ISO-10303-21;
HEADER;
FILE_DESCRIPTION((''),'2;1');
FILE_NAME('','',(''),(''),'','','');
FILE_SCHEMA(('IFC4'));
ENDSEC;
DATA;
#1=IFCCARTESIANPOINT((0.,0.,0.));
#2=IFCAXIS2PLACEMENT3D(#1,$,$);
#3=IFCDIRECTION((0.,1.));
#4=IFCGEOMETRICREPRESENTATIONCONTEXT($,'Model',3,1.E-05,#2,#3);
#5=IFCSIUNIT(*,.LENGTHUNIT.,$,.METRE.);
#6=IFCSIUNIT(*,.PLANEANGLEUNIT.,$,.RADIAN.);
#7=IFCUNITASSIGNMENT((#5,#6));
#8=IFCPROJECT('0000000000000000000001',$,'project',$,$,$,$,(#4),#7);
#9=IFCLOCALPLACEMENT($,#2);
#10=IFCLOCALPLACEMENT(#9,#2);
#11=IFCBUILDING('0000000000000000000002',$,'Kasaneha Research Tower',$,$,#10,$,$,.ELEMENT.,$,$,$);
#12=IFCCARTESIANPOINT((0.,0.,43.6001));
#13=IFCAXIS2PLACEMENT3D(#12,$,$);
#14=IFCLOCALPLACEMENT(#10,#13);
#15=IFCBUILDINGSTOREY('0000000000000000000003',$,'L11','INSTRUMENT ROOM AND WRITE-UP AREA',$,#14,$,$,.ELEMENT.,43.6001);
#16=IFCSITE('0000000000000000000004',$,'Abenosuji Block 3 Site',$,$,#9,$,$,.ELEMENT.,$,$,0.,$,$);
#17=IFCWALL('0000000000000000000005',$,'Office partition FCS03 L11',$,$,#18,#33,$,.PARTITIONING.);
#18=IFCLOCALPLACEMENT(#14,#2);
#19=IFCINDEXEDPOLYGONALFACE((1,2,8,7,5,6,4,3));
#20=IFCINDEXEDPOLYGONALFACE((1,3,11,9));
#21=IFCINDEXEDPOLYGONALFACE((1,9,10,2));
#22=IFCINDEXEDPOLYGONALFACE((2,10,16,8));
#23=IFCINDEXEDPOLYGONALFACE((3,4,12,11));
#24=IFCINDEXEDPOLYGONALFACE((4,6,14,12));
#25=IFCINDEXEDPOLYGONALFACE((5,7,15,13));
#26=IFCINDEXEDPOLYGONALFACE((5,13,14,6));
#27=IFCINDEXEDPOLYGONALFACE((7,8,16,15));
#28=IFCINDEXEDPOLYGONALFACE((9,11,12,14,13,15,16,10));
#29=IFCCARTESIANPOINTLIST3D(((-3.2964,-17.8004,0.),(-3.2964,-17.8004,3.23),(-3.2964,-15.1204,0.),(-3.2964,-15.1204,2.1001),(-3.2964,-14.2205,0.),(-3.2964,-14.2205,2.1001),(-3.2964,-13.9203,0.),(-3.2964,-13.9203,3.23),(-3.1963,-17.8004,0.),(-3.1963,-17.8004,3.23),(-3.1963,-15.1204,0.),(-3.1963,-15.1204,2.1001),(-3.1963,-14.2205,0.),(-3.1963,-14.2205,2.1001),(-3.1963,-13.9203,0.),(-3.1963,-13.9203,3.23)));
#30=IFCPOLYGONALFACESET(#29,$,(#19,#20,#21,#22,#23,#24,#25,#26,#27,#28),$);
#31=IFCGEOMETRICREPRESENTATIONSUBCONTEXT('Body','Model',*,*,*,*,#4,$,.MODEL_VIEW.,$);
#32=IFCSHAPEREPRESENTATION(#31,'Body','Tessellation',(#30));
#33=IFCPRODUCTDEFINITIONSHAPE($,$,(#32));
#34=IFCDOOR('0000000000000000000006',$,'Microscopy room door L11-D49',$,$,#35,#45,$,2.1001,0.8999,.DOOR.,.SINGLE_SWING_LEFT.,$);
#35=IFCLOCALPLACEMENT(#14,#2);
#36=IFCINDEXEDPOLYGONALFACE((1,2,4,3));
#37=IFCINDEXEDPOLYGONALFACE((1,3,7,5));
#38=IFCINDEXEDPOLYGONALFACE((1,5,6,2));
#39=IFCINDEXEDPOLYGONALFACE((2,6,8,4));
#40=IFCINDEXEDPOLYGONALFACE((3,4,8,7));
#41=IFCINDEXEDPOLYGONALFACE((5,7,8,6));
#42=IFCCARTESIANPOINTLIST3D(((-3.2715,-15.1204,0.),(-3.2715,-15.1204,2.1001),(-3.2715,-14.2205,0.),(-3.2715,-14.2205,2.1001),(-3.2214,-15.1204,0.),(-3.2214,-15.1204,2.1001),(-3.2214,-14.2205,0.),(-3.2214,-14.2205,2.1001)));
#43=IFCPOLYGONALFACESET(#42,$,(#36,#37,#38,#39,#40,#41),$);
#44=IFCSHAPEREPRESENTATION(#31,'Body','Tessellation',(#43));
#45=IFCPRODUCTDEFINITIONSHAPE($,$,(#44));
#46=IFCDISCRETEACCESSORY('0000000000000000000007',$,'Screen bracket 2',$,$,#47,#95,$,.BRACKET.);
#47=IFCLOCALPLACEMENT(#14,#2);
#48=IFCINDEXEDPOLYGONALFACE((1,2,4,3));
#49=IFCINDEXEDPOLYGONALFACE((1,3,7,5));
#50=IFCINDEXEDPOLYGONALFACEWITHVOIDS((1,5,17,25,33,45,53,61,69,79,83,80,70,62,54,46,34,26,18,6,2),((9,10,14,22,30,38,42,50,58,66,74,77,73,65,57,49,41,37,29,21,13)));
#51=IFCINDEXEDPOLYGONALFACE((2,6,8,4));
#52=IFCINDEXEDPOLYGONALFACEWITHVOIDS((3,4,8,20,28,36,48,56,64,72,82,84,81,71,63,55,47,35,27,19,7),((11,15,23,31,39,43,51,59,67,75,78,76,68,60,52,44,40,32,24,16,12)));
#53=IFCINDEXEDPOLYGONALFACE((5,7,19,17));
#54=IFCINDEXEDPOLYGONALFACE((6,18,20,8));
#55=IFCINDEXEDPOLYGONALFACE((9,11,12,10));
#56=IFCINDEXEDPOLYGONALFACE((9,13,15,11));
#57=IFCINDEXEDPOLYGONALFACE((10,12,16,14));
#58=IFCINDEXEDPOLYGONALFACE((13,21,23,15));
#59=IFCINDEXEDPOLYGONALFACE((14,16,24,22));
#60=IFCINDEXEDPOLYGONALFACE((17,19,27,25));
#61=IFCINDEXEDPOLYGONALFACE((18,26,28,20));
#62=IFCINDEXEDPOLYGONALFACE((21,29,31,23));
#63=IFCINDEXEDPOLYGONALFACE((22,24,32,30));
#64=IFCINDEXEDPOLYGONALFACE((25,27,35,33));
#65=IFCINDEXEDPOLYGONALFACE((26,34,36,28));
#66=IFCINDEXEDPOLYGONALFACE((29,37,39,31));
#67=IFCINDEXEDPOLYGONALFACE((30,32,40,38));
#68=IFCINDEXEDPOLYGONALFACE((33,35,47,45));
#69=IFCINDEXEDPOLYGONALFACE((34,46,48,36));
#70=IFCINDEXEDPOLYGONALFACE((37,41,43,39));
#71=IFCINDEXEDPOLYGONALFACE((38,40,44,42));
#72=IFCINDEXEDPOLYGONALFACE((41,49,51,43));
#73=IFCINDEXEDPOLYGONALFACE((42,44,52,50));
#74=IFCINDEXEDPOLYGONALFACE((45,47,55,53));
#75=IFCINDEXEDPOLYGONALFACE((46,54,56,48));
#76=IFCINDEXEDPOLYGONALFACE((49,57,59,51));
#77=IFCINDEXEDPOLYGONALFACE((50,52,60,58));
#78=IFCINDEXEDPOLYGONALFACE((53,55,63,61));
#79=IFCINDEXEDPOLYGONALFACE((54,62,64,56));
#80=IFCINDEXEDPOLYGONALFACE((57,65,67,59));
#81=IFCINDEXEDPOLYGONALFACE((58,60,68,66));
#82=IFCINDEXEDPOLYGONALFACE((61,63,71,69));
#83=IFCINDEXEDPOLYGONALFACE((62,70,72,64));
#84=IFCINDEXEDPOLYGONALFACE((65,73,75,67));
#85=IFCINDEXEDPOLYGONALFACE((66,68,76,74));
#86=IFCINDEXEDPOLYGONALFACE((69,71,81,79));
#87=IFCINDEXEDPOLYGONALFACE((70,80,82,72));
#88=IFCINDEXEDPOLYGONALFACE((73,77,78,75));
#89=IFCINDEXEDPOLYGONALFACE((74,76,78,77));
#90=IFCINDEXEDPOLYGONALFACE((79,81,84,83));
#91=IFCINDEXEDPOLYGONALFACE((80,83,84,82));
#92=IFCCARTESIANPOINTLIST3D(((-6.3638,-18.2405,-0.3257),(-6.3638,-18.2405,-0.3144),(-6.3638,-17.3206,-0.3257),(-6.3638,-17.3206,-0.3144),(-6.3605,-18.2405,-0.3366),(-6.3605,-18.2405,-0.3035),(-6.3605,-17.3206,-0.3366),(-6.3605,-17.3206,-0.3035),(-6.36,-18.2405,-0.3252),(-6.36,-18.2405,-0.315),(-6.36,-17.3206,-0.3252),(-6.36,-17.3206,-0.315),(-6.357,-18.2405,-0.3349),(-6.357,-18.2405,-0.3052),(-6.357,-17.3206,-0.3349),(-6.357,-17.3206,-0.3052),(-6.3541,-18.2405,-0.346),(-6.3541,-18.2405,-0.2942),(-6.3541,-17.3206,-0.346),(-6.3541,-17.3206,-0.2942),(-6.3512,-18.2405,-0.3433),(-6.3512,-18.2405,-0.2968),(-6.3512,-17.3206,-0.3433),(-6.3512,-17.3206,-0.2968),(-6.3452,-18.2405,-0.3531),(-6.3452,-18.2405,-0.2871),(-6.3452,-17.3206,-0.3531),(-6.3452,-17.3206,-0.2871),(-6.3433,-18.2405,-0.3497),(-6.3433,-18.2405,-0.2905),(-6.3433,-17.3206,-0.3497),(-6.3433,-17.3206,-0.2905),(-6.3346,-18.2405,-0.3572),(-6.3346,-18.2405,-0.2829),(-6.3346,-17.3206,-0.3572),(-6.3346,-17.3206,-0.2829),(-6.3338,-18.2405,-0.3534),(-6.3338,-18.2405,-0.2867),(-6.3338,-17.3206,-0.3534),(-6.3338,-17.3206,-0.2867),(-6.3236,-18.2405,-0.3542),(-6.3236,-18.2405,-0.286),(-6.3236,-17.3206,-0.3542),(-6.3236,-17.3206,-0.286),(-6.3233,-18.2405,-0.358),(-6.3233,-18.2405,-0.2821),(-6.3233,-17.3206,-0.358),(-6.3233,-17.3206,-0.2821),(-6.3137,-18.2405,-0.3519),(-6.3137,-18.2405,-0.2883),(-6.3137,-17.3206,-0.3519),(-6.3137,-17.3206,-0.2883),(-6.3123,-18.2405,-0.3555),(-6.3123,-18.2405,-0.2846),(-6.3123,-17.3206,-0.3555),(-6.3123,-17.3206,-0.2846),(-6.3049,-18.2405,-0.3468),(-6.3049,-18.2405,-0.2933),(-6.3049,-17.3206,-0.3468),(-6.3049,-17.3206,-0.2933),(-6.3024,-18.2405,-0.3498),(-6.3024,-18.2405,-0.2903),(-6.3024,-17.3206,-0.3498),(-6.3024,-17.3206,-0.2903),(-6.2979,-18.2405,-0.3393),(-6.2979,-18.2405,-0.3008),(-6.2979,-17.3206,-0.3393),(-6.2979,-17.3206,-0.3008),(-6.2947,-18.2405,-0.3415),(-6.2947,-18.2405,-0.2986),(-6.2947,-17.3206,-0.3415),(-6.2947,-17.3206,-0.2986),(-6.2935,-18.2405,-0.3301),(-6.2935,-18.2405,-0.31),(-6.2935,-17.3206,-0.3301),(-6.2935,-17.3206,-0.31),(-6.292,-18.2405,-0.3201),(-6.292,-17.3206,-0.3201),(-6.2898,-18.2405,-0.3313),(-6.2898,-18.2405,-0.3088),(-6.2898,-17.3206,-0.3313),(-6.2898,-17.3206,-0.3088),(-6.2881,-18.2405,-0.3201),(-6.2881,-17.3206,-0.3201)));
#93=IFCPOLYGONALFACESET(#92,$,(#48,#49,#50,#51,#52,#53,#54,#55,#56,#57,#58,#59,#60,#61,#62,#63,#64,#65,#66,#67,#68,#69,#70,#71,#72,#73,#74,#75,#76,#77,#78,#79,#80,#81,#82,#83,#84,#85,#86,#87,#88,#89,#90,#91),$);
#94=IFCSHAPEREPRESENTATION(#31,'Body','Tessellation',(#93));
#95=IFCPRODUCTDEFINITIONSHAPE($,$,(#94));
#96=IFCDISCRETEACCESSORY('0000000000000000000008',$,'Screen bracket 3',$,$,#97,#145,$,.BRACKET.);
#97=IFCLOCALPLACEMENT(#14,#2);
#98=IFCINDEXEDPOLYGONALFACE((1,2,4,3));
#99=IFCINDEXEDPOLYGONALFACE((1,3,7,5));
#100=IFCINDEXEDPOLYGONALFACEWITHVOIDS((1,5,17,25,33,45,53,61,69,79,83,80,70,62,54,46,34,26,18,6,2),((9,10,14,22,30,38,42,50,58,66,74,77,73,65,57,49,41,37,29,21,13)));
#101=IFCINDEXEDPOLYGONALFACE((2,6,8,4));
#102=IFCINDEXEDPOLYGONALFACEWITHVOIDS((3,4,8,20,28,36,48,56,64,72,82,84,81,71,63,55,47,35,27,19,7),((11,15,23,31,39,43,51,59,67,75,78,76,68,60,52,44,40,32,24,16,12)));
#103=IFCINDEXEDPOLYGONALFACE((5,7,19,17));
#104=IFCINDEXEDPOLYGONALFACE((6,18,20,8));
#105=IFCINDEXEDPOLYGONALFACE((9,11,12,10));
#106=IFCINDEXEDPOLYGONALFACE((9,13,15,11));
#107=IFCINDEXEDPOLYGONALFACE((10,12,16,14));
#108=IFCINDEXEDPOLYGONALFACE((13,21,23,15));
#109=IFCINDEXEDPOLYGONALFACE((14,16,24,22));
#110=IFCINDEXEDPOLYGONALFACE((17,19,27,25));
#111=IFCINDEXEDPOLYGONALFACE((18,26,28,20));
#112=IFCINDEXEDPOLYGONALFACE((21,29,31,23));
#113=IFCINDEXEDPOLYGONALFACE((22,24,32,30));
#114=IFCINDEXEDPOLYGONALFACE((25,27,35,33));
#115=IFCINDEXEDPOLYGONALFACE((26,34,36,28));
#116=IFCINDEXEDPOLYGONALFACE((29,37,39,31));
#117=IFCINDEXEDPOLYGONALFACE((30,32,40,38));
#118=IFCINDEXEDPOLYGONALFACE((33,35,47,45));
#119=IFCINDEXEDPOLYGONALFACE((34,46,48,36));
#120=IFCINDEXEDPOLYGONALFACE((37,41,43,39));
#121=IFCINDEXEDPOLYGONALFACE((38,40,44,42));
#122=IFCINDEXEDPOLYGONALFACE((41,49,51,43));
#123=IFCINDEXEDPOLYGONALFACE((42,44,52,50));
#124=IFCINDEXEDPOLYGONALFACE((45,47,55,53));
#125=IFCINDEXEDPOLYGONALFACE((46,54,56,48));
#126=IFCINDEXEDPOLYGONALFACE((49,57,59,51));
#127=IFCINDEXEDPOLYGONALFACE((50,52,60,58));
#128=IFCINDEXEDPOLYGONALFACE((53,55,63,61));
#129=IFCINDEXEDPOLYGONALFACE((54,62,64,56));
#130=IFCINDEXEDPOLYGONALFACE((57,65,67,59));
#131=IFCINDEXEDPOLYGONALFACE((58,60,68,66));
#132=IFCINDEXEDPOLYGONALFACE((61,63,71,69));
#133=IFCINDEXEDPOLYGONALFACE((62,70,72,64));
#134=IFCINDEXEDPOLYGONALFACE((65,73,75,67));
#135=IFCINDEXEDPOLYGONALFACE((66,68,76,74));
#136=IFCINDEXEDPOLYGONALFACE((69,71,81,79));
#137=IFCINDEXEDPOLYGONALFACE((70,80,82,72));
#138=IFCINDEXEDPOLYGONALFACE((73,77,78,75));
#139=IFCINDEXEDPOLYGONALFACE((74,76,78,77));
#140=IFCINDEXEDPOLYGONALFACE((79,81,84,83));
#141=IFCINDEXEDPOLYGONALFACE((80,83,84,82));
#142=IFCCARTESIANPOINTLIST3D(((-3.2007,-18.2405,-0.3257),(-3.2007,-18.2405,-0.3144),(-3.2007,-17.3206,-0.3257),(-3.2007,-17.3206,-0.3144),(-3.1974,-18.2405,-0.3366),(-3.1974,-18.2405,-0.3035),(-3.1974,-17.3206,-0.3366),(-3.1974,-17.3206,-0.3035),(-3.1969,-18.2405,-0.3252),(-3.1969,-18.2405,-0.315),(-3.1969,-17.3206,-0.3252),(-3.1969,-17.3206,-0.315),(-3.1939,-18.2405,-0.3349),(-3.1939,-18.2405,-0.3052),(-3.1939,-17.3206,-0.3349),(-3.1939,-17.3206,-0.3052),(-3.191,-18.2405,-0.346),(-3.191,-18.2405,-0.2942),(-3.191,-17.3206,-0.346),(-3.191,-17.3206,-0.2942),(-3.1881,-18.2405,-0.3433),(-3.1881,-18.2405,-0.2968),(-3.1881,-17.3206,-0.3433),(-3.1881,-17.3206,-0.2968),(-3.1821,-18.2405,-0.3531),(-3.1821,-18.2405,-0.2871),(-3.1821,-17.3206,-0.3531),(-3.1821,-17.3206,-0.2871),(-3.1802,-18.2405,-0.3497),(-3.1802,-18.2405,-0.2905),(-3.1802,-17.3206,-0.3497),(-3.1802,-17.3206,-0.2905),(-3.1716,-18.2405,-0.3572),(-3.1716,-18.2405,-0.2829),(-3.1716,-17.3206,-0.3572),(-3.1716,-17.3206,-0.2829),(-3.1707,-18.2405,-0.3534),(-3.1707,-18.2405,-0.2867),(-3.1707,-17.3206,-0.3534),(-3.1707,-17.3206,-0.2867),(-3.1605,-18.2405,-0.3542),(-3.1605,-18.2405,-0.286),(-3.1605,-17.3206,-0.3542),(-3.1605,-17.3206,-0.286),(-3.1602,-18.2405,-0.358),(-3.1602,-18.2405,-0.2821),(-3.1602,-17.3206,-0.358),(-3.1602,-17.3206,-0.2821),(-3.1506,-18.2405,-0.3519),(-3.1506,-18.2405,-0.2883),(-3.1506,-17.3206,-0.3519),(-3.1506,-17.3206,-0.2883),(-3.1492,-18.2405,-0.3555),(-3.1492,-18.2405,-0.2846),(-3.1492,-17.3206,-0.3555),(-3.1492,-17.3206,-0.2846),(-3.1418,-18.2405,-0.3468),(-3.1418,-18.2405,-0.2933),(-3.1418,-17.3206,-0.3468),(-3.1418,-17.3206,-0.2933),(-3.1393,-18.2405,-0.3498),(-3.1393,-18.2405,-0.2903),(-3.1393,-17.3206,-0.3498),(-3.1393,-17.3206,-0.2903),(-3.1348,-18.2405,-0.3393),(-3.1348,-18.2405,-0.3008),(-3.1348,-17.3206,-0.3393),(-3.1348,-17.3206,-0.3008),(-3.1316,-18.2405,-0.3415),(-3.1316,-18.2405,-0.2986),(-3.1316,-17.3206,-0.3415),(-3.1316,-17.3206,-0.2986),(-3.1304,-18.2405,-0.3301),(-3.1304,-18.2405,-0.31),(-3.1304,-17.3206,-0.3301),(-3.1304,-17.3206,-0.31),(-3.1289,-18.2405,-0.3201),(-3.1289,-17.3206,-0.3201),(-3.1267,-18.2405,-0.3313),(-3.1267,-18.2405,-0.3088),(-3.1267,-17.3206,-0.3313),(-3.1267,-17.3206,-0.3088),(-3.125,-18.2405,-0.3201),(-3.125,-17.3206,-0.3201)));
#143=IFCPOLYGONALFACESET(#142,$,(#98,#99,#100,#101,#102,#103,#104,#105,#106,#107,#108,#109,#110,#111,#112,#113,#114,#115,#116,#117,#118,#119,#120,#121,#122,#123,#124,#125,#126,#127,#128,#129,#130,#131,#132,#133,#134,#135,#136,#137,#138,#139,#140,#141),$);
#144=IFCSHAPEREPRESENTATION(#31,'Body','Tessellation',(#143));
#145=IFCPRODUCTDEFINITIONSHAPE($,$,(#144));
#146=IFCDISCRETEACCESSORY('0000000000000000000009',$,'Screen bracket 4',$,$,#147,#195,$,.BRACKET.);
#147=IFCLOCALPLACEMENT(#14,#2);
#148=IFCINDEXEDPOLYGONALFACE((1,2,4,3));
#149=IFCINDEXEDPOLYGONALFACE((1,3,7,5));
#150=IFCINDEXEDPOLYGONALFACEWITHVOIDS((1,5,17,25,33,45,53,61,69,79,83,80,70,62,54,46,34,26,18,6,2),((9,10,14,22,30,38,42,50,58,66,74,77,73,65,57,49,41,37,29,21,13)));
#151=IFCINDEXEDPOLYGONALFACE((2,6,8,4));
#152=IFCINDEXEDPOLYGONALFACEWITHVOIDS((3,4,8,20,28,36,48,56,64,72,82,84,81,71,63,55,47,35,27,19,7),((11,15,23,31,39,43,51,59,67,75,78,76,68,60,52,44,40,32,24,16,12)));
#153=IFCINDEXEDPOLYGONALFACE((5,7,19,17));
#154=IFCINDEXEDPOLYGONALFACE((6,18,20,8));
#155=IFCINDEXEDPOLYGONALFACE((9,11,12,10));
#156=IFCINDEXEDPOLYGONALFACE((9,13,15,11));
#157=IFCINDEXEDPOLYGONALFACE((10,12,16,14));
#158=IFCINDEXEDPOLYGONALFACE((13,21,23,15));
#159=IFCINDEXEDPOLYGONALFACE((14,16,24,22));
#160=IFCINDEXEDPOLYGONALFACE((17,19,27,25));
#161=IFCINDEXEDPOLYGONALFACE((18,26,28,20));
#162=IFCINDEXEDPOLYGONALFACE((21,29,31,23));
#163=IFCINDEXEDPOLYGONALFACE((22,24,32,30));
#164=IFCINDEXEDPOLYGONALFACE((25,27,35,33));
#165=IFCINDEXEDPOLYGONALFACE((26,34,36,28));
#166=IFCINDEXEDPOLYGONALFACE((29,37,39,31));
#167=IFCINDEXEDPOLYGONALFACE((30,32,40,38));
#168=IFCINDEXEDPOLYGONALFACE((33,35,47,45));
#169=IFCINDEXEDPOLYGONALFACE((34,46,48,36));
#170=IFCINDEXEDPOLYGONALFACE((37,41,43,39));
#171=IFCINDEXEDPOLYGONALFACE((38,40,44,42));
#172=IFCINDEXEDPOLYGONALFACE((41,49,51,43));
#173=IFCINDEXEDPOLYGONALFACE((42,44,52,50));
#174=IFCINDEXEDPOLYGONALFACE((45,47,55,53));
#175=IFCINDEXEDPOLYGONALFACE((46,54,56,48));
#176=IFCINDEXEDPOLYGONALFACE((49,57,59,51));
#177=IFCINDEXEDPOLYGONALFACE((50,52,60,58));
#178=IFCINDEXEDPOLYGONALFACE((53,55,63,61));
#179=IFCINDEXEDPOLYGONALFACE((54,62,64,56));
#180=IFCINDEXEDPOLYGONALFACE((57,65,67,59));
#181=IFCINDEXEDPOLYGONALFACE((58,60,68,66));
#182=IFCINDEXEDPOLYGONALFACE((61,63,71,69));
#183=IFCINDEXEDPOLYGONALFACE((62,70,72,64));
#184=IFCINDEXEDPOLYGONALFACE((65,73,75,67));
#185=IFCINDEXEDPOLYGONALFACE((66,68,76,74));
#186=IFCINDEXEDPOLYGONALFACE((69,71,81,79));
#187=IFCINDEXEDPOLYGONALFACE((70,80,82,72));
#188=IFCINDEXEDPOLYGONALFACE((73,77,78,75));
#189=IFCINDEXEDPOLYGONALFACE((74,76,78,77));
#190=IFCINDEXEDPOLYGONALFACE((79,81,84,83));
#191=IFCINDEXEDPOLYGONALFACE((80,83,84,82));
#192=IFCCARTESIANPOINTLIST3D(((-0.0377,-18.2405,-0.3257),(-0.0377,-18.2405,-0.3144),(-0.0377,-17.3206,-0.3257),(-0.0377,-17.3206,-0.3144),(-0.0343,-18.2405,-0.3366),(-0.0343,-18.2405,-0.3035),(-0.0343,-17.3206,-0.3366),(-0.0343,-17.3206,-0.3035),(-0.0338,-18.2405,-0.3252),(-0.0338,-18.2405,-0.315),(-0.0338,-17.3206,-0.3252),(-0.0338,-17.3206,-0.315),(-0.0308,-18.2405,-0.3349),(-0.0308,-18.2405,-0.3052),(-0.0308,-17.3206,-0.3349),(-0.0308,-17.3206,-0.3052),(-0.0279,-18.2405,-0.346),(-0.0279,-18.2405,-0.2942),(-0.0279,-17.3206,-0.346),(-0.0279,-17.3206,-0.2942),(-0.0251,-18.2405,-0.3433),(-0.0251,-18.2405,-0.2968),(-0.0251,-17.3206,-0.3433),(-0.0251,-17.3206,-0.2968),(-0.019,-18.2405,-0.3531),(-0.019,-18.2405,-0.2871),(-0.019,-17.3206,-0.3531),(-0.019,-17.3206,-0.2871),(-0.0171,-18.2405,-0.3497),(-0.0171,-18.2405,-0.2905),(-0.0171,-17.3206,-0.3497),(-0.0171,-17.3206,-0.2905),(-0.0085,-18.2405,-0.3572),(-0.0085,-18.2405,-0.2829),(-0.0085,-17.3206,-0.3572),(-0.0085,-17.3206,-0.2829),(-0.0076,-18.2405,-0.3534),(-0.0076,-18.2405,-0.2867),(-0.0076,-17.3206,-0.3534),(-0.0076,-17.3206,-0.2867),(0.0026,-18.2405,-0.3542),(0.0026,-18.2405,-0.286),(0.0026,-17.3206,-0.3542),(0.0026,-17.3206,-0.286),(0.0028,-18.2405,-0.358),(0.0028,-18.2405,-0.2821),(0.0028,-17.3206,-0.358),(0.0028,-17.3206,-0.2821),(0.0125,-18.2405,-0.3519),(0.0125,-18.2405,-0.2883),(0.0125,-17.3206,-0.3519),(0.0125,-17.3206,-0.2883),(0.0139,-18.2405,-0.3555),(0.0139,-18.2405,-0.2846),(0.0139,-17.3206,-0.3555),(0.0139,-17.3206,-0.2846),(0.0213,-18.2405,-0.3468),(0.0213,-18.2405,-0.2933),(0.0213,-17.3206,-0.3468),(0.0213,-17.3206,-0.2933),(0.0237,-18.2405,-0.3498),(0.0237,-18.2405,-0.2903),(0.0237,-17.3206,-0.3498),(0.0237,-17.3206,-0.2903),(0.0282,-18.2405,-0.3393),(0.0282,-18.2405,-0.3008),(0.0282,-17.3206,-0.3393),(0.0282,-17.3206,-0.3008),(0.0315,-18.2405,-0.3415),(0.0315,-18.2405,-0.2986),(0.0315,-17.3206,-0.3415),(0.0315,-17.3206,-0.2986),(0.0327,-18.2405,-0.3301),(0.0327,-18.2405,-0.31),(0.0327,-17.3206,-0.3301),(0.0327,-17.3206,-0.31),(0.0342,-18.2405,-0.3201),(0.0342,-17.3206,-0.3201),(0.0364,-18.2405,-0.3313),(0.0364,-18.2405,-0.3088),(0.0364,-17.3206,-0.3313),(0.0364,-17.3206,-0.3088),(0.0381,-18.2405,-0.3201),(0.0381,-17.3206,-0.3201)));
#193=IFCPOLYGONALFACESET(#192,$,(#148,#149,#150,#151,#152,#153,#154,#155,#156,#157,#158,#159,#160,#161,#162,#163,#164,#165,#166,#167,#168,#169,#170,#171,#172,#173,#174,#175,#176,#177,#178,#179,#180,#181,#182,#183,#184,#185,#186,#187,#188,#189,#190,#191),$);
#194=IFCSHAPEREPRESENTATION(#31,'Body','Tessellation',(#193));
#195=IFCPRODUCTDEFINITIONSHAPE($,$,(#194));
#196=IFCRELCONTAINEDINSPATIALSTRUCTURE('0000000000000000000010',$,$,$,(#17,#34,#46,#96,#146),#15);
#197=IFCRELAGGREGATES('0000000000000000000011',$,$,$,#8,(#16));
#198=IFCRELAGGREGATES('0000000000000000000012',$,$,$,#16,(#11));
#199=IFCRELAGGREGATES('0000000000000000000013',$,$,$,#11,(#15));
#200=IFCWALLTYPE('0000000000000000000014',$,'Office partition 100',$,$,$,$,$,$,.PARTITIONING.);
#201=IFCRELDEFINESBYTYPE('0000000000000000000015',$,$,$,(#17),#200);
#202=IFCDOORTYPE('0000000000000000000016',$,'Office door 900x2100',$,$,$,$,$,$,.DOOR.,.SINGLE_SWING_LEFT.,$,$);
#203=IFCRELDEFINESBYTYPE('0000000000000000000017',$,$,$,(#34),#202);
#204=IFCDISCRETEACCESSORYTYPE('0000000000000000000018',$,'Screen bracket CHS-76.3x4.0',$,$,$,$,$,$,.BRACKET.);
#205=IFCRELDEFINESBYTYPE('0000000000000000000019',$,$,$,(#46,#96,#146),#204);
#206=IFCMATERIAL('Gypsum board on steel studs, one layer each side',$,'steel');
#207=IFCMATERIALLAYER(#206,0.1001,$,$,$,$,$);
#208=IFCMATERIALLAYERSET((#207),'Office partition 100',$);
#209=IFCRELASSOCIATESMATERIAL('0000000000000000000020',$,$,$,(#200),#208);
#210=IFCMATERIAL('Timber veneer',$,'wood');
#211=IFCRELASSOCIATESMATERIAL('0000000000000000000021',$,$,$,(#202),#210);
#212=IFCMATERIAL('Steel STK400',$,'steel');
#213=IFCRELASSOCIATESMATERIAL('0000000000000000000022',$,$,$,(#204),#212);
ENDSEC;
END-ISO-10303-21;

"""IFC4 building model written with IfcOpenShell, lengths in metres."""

from ifc_helpers import new_model, si_unit, direction, frame, frame_2d, origin, origin_2d, place, context, subcontext, project, spatial, rectangle, hollow_circle, extrude, material, layer, layer_set, material_profile, profile_set, type_object, element, fill, save


model = new_model("IFC4")

# Units and contexts
model_context = context("Model", 3, precision=1e-05, world=origin(), true_north=direction((0.0, 1.0)))
body_context = subcontext(model_context, "Body", "Model", "MODEL_VIEW")
ifc_project = project(units=[si_unit("LENGTHUNIT", "METRE"), si_unit("PLANEANGLEUNIT", "RADIAN")], contexts=[model_context])

# Site, building, storey
site_placement = place(None, origin())
site = spatial("IfcSite", under=ifc_project, at=site_placement, Name="Abenosuji Block 3 Site", CompositionType="ELEMENT", RefElevation=0.0)
building_placement = place(site_placement, origin())
building = spatial("IfcBuilding", under=site, at=building_placement, Name="Kasaneha Research Tower", CompositionType="ELEMENT")
storey_placement = place(building_placement, frame((0.0, 0.0, 43.6001)))
storey = spatial("IfcBuildingStorey", under=building, at=storey_placement, Name="L11", Description="INSTRUMENT ROOM AND WRITE-UP AREA", CompositionType="ELEMENT", Elevation=43.6001)

# Shared definitions
ifc_material_1 = material(Name="Gypsum board on steel studs, one layer each side", Category="steel")
ifc_layer_1 = layer(ifc_material_1, 0.1001)
ifc_layer_set_1 = layer_set([ifc_layer_1], Name="Office partition 100")
wall_type_1 = type_object("IfcWallType", Name="Office partition 100", PredefinedType="PARTITIONING", material=ifc_layer_set_1)

# Wall, opening, door
wall_1_placement = place(storey_placement, frame((-3.2463, -13.9204, 0.0), z_axis=(0.0, 0.0, 1.0), x_axis=(0.0, -1.0, 0.0)))
wall_1 = element("IfcWall", 1, at=wall_1_placement, inside=storey, type_object=wall_type_1, Name="Office partition FCS03 L11", PredefinedType="PARTITIONING", context=body_context, shape_type="SweptSolid", body=[
    extrude(rectangle(XDim=3.8801, YDim=0.1001, at=frame_2d((1.9399, 0.0))), origin(), (0.0, 0.0, 1.0), 3.23),
])
opening_1_placement = place(wall_1_placement, frame((0.3, 0.0, 0.0)))
opening_1 = element("IfcOpeningElement", 2, at=opening_1_placement, cuts=wall_1, PredefinedType="OPENING", context=body_context, shape_type="SweptSolid", body=[
    extrude(rectangle(XDim=0.8999, YDim=2.1001, at=frame_2d((0.45, 1.05))), frame((0.0, 0.0601, 0.0), z_axis=(0.0, -1.0, 0.0), x_axis=(1.0, 0.0, 0.0)), (0.0, 0.0, 1.0), 0.1201),
])
ifc_material_2 = material(Name="Timber veneer", Category="wood")
door_type_1 = type_object("IfcDoorType", Name="Office door 900x2100", OperationType="SINGLE_SWING_LEFT", PredefinedType="DOOR", material=ifc_material_2)
door_1_placement = place(opening_1_placement, origin())
door_1 = element("IfcDoor", 3, at=door_1_placement, inside=storey, type_object=door_type_1, Name="Microscopy room door L11-D49", OperationType="SINGLE_SWING_LEFT", OverallHeight=2.1001, OverallWidth=0.8999, PredefinedType="DOOR", context=body_context, shape_type="SweptSolid", body=[
    extrude(rectangle(XDim=0.8999, YDim=2.1001, at=frame_2d((0.45, 1.05))), frame((0.0, 0.0249, 0.0), z_axis=(0.0, -1.0, 0.0), x_axis=(1.0, 0.0, 0.0)), (0.0, 0.0, 1.0), 0.05),
])
fill(opening_1, door_1)

# Discrete accessories
ifc_material_3 = material(Name="Steel STK400", Category="steel")
ifc_material_profile_1 = material_profile(ifc_material_3, hollow_circle(Radius=0.0381, WallThickness=0.0039, at=origin_2d()), Name="CHS-76.3x4.0")
ifc_profile_set_1 = profile_set([ifc_material_profile_1], Name="Steel STK400")
discrete_accessory_type = type_object("IfcDiscreteAccessoryType", Name="Screen bracket CHS-76.3x4.0", PredefinedType="BRACKET", material=ifc_profile_set_1)
for number, where, z_axis, x_axis, name in (
    (4, (-6.3262, -17.3206, -0.3201), (0.0, -1.0, 0.0), (1.0, 0.0, 0.0), "Screen bracket 2"),
    (5, (-3.1631, -17.3206, -0.3201), (0.0, -1.0, 0.0), (1.0, 0.0, 0.0), "Screen bracket 3"),
    (6, (0.0, -17.3206, -0.3201), (0.0, -1.0, 0.0), (1.0, 0.0, 0.0), "Screen bracket 4"),
):
    element("IfcDiscreteAccessory", number, at=place(storey_placement, frame(where, z_axis=z_axis, x_axis=x_axis)), inside=storey, type_object=discrete_accessory_type, Name=name, PredefinedType="BRACKET", context=body_context, shape_type="SweptSolid", body=[
        extrude(hollow_circle(Radius=0.0381, WallThickness=0.0039, at=origin_2d()), origin(), (0.0, 0.0, 1.0), 0.9199),
    ])

save(model, "model.ifc")
